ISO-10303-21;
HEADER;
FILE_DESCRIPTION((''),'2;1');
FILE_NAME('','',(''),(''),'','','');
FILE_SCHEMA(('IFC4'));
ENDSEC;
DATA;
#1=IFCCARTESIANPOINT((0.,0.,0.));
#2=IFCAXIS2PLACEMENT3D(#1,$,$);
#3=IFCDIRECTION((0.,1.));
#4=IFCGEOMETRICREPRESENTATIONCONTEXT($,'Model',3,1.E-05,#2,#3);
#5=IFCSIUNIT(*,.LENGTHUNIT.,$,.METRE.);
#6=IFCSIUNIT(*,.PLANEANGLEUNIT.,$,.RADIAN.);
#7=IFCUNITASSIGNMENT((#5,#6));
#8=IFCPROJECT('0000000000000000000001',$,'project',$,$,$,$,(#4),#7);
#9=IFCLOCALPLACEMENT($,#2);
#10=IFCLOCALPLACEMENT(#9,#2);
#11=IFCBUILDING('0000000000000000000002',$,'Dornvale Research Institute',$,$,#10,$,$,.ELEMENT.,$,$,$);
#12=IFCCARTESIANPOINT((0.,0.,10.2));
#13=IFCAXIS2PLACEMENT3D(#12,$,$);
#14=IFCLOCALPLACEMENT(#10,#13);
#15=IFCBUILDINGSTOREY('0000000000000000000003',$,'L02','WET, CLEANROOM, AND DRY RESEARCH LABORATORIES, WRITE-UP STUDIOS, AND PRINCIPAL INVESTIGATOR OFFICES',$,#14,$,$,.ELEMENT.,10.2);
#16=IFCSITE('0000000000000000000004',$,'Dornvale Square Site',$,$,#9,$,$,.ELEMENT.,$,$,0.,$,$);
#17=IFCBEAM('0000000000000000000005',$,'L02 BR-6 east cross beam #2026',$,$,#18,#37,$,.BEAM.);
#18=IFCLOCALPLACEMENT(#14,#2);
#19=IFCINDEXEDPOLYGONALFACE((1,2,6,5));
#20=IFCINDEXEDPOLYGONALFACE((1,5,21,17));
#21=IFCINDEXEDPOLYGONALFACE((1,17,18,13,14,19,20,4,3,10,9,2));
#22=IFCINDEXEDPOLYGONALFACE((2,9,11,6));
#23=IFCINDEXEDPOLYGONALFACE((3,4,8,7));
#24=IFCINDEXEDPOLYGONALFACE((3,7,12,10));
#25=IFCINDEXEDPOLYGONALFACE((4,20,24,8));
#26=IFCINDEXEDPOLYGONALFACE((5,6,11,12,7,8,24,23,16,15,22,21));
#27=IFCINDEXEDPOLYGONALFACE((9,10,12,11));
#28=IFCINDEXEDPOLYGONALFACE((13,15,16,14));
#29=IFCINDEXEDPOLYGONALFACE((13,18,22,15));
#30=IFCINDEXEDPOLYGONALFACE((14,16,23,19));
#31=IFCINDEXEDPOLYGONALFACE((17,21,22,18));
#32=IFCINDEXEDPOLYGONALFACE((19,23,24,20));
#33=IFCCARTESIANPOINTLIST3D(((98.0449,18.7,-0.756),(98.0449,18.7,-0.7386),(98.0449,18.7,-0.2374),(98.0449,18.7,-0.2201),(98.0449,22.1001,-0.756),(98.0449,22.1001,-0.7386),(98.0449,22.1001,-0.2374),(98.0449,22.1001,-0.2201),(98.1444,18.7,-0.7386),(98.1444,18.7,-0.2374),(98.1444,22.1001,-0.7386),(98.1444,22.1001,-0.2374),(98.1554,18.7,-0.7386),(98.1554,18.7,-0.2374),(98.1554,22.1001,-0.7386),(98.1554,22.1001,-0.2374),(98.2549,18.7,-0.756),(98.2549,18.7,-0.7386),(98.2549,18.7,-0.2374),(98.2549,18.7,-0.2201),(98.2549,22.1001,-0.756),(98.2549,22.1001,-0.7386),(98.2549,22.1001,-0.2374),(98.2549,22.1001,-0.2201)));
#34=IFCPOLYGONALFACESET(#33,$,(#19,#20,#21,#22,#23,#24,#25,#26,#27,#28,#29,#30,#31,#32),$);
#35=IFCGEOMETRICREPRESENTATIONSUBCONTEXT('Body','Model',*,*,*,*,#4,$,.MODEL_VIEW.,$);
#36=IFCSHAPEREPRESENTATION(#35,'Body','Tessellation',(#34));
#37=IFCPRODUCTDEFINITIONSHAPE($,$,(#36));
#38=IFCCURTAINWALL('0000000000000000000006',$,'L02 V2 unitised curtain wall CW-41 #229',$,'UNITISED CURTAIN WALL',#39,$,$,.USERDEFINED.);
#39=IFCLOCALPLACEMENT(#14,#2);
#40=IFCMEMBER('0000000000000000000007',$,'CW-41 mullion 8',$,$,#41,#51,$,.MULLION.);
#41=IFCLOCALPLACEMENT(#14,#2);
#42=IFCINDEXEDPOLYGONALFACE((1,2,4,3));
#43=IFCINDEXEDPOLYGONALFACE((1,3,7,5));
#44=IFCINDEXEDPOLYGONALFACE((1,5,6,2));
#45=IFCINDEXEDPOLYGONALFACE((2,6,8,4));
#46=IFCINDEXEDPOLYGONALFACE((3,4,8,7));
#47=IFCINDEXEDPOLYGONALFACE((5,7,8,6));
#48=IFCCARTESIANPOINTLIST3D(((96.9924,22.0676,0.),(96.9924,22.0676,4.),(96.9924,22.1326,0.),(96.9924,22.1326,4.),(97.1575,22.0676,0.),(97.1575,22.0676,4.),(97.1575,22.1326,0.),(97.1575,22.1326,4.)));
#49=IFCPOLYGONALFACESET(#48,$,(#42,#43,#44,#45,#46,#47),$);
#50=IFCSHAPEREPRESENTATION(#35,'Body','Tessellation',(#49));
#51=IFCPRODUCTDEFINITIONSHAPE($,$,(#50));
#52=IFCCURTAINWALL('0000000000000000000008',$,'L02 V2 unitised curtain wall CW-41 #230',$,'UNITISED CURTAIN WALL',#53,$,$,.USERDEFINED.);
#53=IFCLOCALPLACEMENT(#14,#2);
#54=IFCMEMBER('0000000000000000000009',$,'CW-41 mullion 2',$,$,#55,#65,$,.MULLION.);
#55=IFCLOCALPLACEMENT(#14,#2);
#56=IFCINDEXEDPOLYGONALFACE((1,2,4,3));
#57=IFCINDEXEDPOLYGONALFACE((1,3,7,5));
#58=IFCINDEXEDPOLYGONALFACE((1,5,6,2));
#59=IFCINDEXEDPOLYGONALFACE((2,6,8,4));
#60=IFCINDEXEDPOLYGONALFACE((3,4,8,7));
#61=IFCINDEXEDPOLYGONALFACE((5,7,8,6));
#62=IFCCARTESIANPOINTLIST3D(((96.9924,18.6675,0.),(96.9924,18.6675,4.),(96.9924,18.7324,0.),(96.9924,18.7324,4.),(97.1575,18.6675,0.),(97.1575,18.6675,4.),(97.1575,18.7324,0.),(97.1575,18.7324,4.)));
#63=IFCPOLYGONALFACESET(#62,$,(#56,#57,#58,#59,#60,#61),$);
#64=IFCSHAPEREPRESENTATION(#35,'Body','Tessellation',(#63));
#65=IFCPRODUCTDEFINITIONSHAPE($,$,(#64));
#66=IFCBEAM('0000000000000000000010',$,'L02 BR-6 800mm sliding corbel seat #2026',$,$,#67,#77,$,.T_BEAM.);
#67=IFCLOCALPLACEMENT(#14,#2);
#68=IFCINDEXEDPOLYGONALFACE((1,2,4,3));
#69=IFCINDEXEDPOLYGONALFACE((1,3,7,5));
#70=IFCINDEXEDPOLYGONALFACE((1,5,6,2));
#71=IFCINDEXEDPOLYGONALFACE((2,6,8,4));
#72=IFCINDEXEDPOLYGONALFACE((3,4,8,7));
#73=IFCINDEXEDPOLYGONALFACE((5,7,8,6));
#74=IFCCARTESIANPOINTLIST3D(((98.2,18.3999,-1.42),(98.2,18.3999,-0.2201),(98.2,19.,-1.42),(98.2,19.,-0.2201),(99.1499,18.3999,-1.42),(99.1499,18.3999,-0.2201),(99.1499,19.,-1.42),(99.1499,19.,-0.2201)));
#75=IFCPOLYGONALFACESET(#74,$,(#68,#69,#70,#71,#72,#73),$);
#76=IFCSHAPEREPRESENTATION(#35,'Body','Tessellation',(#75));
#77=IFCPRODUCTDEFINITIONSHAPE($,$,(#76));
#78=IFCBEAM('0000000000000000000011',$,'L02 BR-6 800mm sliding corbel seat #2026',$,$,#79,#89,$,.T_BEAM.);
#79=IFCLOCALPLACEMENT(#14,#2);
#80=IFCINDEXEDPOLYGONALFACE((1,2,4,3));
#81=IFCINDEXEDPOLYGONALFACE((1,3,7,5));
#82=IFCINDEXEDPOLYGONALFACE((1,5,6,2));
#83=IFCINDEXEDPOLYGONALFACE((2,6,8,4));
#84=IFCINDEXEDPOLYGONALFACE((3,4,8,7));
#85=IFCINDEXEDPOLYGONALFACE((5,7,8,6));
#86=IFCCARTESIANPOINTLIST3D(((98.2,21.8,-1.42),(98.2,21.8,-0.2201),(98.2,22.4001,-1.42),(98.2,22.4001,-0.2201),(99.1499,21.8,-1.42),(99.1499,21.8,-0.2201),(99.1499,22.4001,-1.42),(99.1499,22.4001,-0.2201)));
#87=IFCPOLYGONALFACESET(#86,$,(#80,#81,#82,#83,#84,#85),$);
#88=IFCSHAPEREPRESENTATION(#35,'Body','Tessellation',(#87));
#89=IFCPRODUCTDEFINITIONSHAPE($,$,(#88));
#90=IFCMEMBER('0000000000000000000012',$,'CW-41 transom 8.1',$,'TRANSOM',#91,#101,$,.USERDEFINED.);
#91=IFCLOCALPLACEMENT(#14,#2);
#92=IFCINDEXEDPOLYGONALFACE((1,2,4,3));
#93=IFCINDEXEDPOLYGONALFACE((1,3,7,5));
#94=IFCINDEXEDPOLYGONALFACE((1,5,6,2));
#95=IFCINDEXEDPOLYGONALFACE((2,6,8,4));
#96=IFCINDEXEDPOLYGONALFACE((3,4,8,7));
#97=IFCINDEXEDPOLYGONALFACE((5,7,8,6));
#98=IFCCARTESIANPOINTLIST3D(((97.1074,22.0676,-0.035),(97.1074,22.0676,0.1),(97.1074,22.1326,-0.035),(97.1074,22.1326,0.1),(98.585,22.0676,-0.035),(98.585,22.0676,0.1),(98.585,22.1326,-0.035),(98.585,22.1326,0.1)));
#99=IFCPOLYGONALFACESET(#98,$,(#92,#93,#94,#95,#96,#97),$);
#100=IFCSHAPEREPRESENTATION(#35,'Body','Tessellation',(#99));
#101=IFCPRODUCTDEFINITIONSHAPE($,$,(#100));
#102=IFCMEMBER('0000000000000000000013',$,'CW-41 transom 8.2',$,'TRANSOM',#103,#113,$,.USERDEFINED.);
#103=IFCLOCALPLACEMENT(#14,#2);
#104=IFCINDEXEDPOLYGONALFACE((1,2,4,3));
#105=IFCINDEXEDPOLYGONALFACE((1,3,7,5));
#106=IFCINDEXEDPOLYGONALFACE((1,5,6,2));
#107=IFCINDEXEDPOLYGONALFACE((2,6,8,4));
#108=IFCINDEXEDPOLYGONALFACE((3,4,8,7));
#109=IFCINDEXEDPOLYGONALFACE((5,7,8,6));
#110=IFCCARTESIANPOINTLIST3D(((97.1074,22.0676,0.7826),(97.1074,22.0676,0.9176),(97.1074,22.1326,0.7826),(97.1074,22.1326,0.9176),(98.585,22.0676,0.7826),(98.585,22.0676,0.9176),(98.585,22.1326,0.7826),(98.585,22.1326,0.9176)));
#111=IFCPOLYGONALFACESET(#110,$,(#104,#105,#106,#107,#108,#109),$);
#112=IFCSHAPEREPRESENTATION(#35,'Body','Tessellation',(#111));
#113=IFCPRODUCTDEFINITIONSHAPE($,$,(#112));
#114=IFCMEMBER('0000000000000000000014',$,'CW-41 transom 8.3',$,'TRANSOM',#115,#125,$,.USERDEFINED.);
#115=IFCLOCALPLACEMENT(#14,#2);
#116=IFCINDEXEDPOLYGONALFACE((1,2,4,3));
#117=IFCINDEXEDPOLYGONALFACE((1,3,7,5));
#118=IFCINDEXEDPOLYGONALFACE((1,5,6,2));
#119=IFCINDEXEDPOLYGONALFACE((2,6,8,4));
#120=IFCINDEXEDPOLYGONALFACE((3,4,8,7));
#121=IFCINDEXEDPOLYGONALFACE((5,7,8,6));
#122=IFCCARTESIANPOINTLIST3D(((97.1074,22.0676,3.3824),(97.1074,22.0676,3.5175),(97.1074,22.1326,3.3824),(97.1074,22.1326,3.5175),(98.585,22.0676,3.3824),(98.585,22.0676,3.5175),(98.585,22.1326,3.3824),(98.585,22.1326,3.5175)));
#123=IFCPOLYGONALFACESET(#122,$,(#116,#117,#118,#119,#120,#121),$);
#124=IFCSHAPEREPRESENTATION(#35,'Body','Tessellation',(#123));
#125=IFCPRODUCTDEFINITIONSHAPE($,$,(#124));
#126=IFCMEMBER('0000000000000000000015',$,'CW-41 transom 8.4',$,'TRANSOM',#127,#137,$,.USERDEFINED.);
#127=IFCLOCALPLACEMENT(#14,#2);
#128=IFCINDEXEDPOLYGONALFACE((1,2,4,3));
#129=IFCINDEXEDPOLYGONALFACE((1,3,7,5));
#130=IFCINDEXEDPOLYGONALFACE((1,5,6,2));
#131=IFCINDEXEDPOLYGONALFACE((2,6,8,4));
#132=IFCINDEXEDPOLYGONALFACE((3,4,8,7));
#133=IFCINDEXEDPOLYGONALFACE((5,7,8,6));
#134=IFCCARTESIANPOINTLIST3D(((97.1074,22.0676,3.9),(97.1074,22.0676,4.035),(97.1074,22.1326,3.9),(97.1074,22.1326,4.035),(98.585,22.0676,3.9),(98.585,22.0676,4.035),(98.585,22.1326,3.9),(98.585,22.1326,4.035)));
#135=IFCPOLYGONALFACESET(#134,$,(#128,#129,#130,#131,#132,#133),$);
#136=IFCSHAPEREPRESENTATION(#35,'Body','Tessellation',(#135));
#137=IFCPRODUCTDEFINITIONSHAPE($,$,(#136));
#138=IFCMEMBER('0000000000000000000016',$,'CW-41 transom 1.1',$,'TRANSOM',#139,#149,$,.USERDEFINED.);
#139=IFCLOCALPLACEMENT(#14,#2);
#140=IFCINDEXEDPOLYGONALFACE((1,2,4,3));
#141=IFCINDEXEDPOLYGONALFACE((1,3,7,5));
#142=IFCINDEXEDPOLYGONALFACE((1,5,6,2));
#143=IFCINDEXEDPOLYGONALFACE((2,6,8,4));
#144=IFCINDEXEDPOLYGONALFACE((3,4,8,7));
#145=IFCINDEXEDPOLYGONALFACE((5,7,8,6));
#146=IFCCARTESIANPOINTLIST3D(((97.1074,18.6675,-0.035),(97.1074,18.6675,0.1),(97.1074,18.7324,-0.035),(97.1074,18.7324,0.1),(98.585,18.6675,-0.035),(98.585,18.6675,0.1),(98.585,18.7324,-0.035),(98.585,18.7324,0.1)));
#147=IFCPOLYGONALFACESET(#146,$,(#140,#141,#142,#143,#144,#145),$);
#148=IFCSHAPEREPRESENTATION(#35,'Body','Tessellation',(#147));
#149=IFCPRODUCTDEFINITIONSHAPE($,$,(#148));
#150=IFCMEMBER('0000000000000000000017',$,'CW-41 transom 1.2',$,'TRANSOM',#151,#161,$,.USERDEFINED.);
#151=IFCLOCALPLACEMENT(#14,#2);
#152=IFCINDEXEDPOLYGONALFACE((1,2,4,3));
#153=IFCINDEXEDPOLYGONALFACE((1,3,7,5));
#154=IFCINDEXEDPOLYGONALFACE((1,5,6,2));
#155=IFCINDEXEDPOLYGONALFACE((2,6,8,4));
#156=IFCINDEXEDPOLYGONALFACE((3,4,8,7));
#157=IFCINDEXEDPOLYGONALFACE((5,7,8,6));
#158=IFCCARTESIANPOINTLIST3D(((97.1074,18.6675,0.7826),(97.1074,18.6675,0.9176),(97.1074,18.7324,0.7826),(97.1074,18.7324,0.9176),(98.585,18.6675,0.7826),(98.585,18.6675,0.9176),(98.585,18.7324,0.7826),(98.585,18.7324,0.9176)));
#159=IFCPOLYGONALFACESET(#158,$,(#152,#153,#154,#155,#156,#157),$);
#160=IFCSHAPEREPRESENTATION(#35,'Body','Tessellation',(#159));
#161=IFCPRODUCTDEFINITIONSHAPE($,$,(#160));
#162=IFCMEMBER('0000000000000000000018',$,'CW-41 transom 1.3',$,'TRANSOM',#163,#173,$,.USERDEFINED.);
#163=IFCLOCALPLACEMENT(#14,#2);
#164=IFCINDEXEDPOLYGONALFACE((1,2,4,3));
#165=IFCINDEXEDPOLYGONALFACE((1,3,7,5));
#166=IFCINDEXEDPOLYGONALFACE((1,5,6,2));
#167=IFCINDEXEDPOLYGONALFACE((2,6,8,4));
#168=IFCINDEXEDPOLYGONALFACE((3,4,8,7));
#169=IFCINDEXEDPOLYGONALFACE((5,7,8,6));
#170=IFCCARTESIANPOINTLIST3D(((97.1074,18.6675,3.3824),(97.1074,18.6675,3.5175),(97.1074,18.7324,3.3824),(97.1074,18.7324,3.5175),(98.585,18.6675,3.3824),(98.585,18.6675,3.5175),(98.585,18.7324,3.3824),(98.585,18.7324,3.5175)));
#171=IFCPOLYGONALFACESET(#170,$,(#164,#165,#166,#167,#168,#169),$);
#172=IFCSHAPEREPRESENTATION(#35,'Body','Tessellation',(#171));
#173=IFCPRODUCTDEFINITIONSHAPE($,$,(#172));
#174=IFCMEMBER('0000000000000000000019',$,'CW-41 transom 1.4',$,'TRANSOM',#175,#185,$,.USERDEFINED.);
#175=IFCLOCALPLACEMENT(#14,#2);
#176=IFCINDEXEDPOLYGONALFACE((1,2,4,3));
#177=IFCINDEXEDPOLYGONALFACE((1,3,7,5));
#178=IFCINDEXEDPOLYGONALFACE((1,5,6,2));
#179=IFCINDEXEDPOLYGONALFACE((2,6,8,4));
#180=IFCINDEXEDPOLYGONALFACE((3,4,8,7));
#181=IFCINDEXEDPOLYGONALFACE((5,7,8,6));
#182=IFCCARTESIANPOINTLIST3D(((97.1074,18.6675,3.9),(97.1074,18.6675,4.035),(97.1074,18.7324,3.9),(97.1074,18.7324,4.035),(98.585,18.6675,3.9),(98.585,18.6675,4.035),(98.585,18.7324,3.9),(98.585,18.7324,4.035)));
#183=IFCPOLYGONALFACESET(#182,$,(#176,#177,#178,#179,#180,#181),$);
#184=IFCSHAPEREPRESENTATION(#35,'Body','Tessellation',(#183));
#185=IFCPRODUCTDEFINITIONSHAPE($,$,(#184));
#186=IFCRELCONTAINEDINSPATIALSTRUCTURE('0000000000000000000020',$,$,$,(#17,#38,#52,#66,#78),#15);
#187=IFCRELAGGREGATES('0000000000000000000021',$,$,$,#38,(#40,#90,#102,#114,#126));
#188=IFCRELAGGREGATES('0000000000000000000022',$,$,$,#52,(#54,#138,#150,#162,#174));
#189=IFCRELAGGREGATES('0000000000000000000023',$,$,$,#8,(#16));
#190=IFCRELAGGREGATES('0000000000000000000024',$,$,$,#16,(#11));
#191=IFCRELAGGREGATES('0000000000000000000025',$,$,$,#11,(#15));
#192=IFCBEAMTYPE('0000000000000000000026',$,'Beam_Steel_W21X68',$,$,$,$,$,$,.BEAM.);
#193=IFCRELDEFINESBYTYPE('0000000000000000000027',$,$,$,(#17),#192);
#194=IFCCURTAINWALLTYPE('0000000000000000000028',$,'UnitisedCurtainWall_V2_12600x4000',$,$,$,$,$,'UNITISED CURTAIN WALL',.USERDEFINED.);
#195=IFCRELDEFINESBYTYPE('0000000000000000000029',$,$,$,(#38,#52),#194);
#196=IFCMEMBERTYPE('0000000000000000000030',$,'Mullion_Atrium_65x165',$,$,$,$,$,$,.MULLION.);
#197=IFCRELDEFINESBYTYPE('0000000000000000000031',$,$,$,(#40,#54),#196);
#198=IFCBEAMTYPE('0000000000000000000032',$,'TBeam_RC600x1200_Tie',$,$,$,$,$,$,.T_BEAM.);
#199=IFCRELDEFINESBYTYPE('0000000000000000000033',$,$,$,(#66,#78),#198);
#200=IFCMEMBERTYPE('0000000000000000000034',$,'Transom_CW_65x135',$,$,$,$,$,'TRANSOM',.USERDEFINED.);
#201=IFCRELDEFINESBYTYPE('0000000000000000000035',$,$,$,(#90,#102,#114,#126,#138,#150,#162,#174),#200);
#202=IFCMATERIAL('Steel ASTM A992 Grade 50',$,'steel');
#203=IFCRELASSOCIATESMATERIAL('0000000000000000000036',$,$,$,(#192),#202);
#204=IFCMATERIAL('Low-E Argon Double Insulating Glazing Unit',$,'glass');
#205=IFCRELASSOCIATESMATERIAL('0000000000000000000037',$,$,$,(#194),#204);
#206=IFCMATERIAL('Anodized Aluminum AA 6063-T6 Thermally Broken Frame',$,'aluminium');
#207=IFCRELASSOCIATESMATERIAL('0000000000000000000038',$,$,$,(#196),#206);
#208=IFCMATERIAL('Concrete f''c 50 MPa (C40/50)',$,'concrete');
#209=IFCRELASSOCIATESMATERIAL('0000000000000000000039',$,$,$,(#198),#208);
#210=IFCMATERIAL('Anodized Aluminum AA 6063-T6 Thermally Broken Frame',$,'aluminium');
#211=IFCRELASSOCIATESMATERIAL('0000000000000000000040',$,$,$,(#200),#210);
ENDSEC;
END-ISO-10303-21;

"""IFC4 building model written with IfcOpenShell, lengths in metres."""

from ifc_helpers import new_model, si_unit, direction, frame, origin, origin_2d, place, context, subcontext, project, spatial, rectangle, i_section, extrude, material, material_profile, profile_set, type_object, element, aggregate, save


model = new_model("IFC4")

# Units and contexts
model_context = context("Model", 3, precision=1e-05, world=origin(), true_north=direction((0.0, 1.0)))
body_context = subcontext(model_context, "Body", "Model", "MODEL_VIEW")
ifc_project = project(units=[si_unit("LENGTHUNIT", "METRE"), si_unit("PLANEANGLEUNIT", "RADIAN")], contexts=[model_context])

# Site, building, storey
site_placement = place(None, origin())
site = spatial("IfcSite", under=ifc_project, at=site_placement, Name="Dornvale Square Site", CompositionType="ELEMENT", RefElevation=0.0)
building_placement = place(site_placement, origin())
building = spatial("IfcBuilding", under=site, at=building_placement, Name="Dornvale Research Institute", CompositionType="ELEMENT")
storey_placement = place(building_placement, frame((0.0, 0.0, 10.2)))
storey = spatial("IfcBuildingStorey", under=building, at=storey_placement, Name="L02", Description="WET, CLEANROOM, AND DRY RESEARCH LABORATORIES, WRITE-UP STUDIOS, AND PRINCIPAL INVESTIGATOR OFFICES", CompositionType="ELEMENT", Elevation=10.2)

# Beam
ifc_material_1 = material(Name="Steel ASTM A992 Grade 50", Category="steel")
ifc_material_profile_1 = material_profile(ifc_material_1, i_section(OverallWidth=0.21, OverallDepth=0.5359, WebThickness=0.011, FlangeThickness=0.0173, at=origin_2d()), Name="W21X68")
ifc_profile_set_1 = profile_set([ifc_material_profile_1], Name="Steel ASTM A992 Grade 50")
beam_type_1 = type_object("IfcBeamType", Name="Beam_Steel_W21X68", PredefinedType="BEAM", material=ifc_profile_set_1)
beam_placement = place(storey_placement, frame((98.1499, 18.7, -0.488), z_axis=(0.0, 1.0, 0.0), x_axis=(-1.0, 0.0, 0.0)))
element("IfcBeam", 1, at=beam_placement, inside=storey, type_object=beam_type_1, Name="L02 BR-6 east cross beam #2026", PredefinedType="BEAM", context=body_context, shape_type="SweptSolid", body=[
    extrude(i_section(OverallWidth=0.21, OverallDepth=0.5359, WebThickness=0.011, FlangeThickness=0.0173, at=origin_2d()), origin(), (0.0, 0.0, 1.0), 3.4001),
])

# Curtain walls, members
ifc_material_2 = material(Name="Low-E Argon Double Insulating Glazing Unit", Category="glass")
curtain_wall_type = type_object("IfcCurtainWallType", Name="UnitisedCurtainWall_V2_12600x4000", ElementType="UNITISED CURTAIN WALL", PredefinedType="USERDEFINED", material=ifc_material_2)
curtain_wall_1_placement = place(storey_placement, origin())
curtain_wall_1 = element("IfcCurtainWall", 2, at=curtain_wall_1_placement, inside=storey, type_object=curtain_wall_type, Name="L02 V2 unitised curtain wall CW-41 #229", ObjectType="UNITISED CURTAIN WALL", PredefinedType="USERDEFINED")
ifc_material_3 = material(Name="Anodized Aluminum AA 6063-T6 Thermally Broken Frame", Category="aluminium")
ifc_material_profile_2 = material_profile(ifc_material_3, rectangle(XDim=0.0649, YDim=0.165, at=origin_2d()), Name="ALU MULLION 65x165")
ifc_profile_set_2 = profile_set([ifc_material_profile_2], Name="Anodized Aluminum AA 6063-T6 Thermally Broken Frame")
member_type_1 = type_object("IfcMemberType", Name="Mullion_Atrium_65x165", PredefinedType="MULLION", material=ifc_profile_set_2)
member_1_placement = place(storey_placement, frame((97.075, 22.1001, 0.0), z_axis=(0.0, 0.0, 1.0), x_axis=(0.0, 1.0, 0.0)))
member_1 = element("IfcMember", 3, at=member_1_placement, type_object=member_type_1, Name="CW-41 mullion 8", PredefinedType="MULLION", context=body_context, shape_type="SweptSolid", body=[
    extrude(rectangle(XDim=0.0649, YDim=0.165, at=origin_2d()), origin(), (0.0, 0.0, 1.0), 4.0),
])
curtain_wall_2_placement = place(storey_placement, origin())
curtain_wall_2 = element("IfcCurtainWall", 4, at=curtain_wall_2_placement, inside=storey, type_object=curtain_wall_type, Name="L02 V2 unitised curtain wall CW-41 #230", ObjectType="UNITISED CURTAIN WALL", PredefinedType="USERDEFINED")
member_2_placement = place(storey_placement, frame((97.075, 18.7, 0.0), z_axis=(0.0, 0.0, 1.0), x_axis=(0.0, -1.0, 0.0)))
member_2 = element("IfcMember", 5, at=member_2_placement, type_object=member_type_1, Name="CW-41 mullion 2", PredefinedType="MULLION", context=body_context, shape_type="SweptSolid", body=[
    extrude(rectangle(XDim=0.0649, YDim=0.165, at=origin_2d()), origin(), (0.0, 0.0, 1.0), 4.0),
])

# Beams
ifc_material_4 = material(Name="Concrete f'c 50 MPa (C40/50)", Category="concrete")
ifc_material_profile_3 = material_profile(ifc_material_4, rectangle(XDim=0.6001, YDim=1.2, at=origin_2d()), Name="RC 600x1200")
ifc_profile_set_3 = profile_set([ifc_material_profile_3], Name="Concrete f'c 50 MPa (C40/50)")
beam_type_2 = type_object("IfcBeamType", Name="TBeam_RC600x1200_Tie", PredefinedType="T_BEAM", material=ifc_profile_set_3)
for number, where, z_axis, x_axis, name in (
    (6, (98.2, 18.7, -0.8201), (1.0, 0.0, 0.0), (0.0, 1.0, 0.0), "L02 BR-6 800mm sliding corbel seat #2026"),
    (7, (98.2, 22.1001, -0.8201), (1.0, 0.0, 0.0), (0.0, 1.0, 0.0), "L02 BR-6 800mm sliding corbel seat #2026"),
):
    element("IfcBeam", number, at=place(storey_placement, frame(where, z_axis=z_axis, x_axis=x_axis)), inside=storey, type_object=beam_type_2, Name=name, PredefinedType="T_BEAM", context=body_context, shape_type="SweptSolid", body=[
        extrude(rectangle(XDim=0.6001, YDim=1.2, at=origin_2d()), origin(), (0.0, 0.0, 1.0), 0.95),
    ])

# Members
ifc_material_5 = material(Name="Anodized Aluminum AA 6063-T6 Thermally Broken Frame", Category="aluminium")
ifc_material_profile_4 = material_profile(ifc_material_5, rectangle(XDim=0.0649, YDim=0.135, at=origin_2d()), Name="ALU TRANSOM 65x135")
ifc_profile_set_4 = profile_set([ifc_material_profile_4], Name="Anodized Aluminum AA 6063-T6 Thermally Broken Frame")
member_type_2 = type_object("IfcMemberType", Name="Transom_CW_65x135", ElementType="TRANSOM", PredefinedType="USERDEFINED", material=ifc_profile_set_4)
member_3_placement = place(storey_placement, frame((97.1074, 22.1001, 0.0325), z_axis=(1.0, 0.0, 0.0), x_axis=(0.0, 1.0, 0.0)))
member_3 = element("IfcMember", 8, at=member_3_placement, type_object=member_type_2, Name="CW-41 transom 8.1", ObjectType="TRANSOM", PredefinedType="USERDEFINED", context=body_context, shape_type="SweptSolid", body=[
    extrude(rectangle(XDim=0.0649, YDim=0.135, at=origin_2d()), origin(), (0.0, 0.0, 1.0), 1.4775),
])
member_4_placement = place(storey_placement, frame((97.1074, 22.1001, 0.8501), z_axis=(1.0, 0.0, 0.0), x_axis=(0.0, 1.0, 0.0)))
member_4 = element("IfcMember", 9, at=member_4_placement, type_object=member_type_2, Name="CW-41 transom 8.2", ObjectType="TRANSOM", PredefinedType="USERDEFINED", context=body_context, shape_type="SweptSolid", body=[
    extrude(rectangle(XDim=0.0649, YDim=0.135, at=origin_2d()), origin(), (0.0, 0.0, 1.0), 1.4775),
])
member_5_placement = place(storey_placement, frame((97.1074, 22.1001, 3.45), z_axis=(1.0, 0.0, 0.0), x_axis=(0.0, 1.0, 0.0)))
member_5 = element("IfcMember", 10, at=member_5_placement, type_object=member_type_2, Name="CW-41 transom 8.3", ObjectType="TRANSOM", PredefinedType="USERDEFINED", context=body_context, shape_type="SweptSolid", body=[
    extrude(rectangle(XDim=0.0649, YDim=0.135, at=origin_2d()), origin(), (0.0, 0.0, 1.0), 1.4775),
])
member_6_placement = place(storey_placement, frame((97.1074, 22.1001, 3.9675), z_axis=(1.0, 0.0, 0.0), x_axis=(0.0, 1.0, 0.0)))
member_6 = element("IfcMember", 11, at=member_6_placement, type_object=member_type_2, Name="CW-41 transom 8.4", ObjectType="TRANSOM", PredefinedType="USERDEFINED", context=body_context, shape_type="SweptSolid", body=[
    extrude(rectangle(XDim=0.0649, YDim=0.135, at=origin_2d()), origin(), (0.0, 0.0, 1.0), 1.4775),
])
member_7_placement = place(storey_placement, frame((98.585, 18.7, 0.0325), z_axis=(-1.0, 0.0, 0.0), x_axis=(0.0, -1.0, 0.0)))
member_7 = element("IfcMember", 12, at=member_7_placement, type_object=member_type_2, Name="CW-41 transom 1.1", ObjectType="TRANSOM", PredefinedType="USERDEFINED", context=body_context, shape_type="SweptSolid", body=[
    extrude(rectangle(XDim=0.0649, YDim=0.135, at=origin_2d()), origin(), (0.0, 0.0, 1.0), 1.4775),
])
member_8_placement = place(storey_placement, frame((98.585, 18.7, 0.8501), z_axis=(-1.0, 0.0, 0.0), x_axis=(0.0, -1.0, 0.0)))
member_8 = element("IfcMember", 13, at=member_8_placement, type_object=member_type_2, Name="CW-41 transom 1.2", ObjectType="TRANSOM", PredefinedType="USERDEFINED", context=body_context, shape_type="SweptSolid", body=[
    extrude(rectangle(XDim=0.0649, YDim=0.135, at=origin_2d()), origin(), (0.0, 0.0, 1.0), 1.4775),
])
member_9_placement = place(storey_placement, frame((98.585, 18.7, 3.45), z_axis=(-1.0, 0.0, 0.0), x_axis=(0.0, -1.0, 0.0)))
member_9 = element("IfcMember", 14, at=member_9_placement, type_object=member_type_2, Name="CW-41 transom 1.3", ObjectType="TRANSOM", PredefinedType="USERDEFINED", context=body_context, shape_type="SweptSolid", body=[
    extrude(rectangle(XDim=0.0649, YDim=0.135, at=origin_2d()), origin(), (0.0, 0.0, 1.0), 1.4775),
])
member_10_placement = place(storey_placement, frame((98.585, 18.7, 3.9675), z_axis=(-1.0, 0.0, 0.0), x_axis=(0.0, -1.0, 0.0)))
member_10 = element("IfcMember", 15, at=member_10_placement, type_object=member_type_2, Name="CW-41 transom 1.4", ObjectType="TRANSOM", PredefinedType="USERDEFINED", context=body_context, shape_type="SweptSolid", body=[
    extrude(rectangle(XDim=0.0649, YDim=0.135, at=origin_2d()), origin(), (0.0, 0.0, 1.0), 1.4775),
])

aggregate(curtain_wall_1, [member_1, member_3, member_4, member_5, member_6])
aggregate(curtain_wall_2, [member_2, member_7, member_8, member_9, member_10])

save(model, "model.ifc")
